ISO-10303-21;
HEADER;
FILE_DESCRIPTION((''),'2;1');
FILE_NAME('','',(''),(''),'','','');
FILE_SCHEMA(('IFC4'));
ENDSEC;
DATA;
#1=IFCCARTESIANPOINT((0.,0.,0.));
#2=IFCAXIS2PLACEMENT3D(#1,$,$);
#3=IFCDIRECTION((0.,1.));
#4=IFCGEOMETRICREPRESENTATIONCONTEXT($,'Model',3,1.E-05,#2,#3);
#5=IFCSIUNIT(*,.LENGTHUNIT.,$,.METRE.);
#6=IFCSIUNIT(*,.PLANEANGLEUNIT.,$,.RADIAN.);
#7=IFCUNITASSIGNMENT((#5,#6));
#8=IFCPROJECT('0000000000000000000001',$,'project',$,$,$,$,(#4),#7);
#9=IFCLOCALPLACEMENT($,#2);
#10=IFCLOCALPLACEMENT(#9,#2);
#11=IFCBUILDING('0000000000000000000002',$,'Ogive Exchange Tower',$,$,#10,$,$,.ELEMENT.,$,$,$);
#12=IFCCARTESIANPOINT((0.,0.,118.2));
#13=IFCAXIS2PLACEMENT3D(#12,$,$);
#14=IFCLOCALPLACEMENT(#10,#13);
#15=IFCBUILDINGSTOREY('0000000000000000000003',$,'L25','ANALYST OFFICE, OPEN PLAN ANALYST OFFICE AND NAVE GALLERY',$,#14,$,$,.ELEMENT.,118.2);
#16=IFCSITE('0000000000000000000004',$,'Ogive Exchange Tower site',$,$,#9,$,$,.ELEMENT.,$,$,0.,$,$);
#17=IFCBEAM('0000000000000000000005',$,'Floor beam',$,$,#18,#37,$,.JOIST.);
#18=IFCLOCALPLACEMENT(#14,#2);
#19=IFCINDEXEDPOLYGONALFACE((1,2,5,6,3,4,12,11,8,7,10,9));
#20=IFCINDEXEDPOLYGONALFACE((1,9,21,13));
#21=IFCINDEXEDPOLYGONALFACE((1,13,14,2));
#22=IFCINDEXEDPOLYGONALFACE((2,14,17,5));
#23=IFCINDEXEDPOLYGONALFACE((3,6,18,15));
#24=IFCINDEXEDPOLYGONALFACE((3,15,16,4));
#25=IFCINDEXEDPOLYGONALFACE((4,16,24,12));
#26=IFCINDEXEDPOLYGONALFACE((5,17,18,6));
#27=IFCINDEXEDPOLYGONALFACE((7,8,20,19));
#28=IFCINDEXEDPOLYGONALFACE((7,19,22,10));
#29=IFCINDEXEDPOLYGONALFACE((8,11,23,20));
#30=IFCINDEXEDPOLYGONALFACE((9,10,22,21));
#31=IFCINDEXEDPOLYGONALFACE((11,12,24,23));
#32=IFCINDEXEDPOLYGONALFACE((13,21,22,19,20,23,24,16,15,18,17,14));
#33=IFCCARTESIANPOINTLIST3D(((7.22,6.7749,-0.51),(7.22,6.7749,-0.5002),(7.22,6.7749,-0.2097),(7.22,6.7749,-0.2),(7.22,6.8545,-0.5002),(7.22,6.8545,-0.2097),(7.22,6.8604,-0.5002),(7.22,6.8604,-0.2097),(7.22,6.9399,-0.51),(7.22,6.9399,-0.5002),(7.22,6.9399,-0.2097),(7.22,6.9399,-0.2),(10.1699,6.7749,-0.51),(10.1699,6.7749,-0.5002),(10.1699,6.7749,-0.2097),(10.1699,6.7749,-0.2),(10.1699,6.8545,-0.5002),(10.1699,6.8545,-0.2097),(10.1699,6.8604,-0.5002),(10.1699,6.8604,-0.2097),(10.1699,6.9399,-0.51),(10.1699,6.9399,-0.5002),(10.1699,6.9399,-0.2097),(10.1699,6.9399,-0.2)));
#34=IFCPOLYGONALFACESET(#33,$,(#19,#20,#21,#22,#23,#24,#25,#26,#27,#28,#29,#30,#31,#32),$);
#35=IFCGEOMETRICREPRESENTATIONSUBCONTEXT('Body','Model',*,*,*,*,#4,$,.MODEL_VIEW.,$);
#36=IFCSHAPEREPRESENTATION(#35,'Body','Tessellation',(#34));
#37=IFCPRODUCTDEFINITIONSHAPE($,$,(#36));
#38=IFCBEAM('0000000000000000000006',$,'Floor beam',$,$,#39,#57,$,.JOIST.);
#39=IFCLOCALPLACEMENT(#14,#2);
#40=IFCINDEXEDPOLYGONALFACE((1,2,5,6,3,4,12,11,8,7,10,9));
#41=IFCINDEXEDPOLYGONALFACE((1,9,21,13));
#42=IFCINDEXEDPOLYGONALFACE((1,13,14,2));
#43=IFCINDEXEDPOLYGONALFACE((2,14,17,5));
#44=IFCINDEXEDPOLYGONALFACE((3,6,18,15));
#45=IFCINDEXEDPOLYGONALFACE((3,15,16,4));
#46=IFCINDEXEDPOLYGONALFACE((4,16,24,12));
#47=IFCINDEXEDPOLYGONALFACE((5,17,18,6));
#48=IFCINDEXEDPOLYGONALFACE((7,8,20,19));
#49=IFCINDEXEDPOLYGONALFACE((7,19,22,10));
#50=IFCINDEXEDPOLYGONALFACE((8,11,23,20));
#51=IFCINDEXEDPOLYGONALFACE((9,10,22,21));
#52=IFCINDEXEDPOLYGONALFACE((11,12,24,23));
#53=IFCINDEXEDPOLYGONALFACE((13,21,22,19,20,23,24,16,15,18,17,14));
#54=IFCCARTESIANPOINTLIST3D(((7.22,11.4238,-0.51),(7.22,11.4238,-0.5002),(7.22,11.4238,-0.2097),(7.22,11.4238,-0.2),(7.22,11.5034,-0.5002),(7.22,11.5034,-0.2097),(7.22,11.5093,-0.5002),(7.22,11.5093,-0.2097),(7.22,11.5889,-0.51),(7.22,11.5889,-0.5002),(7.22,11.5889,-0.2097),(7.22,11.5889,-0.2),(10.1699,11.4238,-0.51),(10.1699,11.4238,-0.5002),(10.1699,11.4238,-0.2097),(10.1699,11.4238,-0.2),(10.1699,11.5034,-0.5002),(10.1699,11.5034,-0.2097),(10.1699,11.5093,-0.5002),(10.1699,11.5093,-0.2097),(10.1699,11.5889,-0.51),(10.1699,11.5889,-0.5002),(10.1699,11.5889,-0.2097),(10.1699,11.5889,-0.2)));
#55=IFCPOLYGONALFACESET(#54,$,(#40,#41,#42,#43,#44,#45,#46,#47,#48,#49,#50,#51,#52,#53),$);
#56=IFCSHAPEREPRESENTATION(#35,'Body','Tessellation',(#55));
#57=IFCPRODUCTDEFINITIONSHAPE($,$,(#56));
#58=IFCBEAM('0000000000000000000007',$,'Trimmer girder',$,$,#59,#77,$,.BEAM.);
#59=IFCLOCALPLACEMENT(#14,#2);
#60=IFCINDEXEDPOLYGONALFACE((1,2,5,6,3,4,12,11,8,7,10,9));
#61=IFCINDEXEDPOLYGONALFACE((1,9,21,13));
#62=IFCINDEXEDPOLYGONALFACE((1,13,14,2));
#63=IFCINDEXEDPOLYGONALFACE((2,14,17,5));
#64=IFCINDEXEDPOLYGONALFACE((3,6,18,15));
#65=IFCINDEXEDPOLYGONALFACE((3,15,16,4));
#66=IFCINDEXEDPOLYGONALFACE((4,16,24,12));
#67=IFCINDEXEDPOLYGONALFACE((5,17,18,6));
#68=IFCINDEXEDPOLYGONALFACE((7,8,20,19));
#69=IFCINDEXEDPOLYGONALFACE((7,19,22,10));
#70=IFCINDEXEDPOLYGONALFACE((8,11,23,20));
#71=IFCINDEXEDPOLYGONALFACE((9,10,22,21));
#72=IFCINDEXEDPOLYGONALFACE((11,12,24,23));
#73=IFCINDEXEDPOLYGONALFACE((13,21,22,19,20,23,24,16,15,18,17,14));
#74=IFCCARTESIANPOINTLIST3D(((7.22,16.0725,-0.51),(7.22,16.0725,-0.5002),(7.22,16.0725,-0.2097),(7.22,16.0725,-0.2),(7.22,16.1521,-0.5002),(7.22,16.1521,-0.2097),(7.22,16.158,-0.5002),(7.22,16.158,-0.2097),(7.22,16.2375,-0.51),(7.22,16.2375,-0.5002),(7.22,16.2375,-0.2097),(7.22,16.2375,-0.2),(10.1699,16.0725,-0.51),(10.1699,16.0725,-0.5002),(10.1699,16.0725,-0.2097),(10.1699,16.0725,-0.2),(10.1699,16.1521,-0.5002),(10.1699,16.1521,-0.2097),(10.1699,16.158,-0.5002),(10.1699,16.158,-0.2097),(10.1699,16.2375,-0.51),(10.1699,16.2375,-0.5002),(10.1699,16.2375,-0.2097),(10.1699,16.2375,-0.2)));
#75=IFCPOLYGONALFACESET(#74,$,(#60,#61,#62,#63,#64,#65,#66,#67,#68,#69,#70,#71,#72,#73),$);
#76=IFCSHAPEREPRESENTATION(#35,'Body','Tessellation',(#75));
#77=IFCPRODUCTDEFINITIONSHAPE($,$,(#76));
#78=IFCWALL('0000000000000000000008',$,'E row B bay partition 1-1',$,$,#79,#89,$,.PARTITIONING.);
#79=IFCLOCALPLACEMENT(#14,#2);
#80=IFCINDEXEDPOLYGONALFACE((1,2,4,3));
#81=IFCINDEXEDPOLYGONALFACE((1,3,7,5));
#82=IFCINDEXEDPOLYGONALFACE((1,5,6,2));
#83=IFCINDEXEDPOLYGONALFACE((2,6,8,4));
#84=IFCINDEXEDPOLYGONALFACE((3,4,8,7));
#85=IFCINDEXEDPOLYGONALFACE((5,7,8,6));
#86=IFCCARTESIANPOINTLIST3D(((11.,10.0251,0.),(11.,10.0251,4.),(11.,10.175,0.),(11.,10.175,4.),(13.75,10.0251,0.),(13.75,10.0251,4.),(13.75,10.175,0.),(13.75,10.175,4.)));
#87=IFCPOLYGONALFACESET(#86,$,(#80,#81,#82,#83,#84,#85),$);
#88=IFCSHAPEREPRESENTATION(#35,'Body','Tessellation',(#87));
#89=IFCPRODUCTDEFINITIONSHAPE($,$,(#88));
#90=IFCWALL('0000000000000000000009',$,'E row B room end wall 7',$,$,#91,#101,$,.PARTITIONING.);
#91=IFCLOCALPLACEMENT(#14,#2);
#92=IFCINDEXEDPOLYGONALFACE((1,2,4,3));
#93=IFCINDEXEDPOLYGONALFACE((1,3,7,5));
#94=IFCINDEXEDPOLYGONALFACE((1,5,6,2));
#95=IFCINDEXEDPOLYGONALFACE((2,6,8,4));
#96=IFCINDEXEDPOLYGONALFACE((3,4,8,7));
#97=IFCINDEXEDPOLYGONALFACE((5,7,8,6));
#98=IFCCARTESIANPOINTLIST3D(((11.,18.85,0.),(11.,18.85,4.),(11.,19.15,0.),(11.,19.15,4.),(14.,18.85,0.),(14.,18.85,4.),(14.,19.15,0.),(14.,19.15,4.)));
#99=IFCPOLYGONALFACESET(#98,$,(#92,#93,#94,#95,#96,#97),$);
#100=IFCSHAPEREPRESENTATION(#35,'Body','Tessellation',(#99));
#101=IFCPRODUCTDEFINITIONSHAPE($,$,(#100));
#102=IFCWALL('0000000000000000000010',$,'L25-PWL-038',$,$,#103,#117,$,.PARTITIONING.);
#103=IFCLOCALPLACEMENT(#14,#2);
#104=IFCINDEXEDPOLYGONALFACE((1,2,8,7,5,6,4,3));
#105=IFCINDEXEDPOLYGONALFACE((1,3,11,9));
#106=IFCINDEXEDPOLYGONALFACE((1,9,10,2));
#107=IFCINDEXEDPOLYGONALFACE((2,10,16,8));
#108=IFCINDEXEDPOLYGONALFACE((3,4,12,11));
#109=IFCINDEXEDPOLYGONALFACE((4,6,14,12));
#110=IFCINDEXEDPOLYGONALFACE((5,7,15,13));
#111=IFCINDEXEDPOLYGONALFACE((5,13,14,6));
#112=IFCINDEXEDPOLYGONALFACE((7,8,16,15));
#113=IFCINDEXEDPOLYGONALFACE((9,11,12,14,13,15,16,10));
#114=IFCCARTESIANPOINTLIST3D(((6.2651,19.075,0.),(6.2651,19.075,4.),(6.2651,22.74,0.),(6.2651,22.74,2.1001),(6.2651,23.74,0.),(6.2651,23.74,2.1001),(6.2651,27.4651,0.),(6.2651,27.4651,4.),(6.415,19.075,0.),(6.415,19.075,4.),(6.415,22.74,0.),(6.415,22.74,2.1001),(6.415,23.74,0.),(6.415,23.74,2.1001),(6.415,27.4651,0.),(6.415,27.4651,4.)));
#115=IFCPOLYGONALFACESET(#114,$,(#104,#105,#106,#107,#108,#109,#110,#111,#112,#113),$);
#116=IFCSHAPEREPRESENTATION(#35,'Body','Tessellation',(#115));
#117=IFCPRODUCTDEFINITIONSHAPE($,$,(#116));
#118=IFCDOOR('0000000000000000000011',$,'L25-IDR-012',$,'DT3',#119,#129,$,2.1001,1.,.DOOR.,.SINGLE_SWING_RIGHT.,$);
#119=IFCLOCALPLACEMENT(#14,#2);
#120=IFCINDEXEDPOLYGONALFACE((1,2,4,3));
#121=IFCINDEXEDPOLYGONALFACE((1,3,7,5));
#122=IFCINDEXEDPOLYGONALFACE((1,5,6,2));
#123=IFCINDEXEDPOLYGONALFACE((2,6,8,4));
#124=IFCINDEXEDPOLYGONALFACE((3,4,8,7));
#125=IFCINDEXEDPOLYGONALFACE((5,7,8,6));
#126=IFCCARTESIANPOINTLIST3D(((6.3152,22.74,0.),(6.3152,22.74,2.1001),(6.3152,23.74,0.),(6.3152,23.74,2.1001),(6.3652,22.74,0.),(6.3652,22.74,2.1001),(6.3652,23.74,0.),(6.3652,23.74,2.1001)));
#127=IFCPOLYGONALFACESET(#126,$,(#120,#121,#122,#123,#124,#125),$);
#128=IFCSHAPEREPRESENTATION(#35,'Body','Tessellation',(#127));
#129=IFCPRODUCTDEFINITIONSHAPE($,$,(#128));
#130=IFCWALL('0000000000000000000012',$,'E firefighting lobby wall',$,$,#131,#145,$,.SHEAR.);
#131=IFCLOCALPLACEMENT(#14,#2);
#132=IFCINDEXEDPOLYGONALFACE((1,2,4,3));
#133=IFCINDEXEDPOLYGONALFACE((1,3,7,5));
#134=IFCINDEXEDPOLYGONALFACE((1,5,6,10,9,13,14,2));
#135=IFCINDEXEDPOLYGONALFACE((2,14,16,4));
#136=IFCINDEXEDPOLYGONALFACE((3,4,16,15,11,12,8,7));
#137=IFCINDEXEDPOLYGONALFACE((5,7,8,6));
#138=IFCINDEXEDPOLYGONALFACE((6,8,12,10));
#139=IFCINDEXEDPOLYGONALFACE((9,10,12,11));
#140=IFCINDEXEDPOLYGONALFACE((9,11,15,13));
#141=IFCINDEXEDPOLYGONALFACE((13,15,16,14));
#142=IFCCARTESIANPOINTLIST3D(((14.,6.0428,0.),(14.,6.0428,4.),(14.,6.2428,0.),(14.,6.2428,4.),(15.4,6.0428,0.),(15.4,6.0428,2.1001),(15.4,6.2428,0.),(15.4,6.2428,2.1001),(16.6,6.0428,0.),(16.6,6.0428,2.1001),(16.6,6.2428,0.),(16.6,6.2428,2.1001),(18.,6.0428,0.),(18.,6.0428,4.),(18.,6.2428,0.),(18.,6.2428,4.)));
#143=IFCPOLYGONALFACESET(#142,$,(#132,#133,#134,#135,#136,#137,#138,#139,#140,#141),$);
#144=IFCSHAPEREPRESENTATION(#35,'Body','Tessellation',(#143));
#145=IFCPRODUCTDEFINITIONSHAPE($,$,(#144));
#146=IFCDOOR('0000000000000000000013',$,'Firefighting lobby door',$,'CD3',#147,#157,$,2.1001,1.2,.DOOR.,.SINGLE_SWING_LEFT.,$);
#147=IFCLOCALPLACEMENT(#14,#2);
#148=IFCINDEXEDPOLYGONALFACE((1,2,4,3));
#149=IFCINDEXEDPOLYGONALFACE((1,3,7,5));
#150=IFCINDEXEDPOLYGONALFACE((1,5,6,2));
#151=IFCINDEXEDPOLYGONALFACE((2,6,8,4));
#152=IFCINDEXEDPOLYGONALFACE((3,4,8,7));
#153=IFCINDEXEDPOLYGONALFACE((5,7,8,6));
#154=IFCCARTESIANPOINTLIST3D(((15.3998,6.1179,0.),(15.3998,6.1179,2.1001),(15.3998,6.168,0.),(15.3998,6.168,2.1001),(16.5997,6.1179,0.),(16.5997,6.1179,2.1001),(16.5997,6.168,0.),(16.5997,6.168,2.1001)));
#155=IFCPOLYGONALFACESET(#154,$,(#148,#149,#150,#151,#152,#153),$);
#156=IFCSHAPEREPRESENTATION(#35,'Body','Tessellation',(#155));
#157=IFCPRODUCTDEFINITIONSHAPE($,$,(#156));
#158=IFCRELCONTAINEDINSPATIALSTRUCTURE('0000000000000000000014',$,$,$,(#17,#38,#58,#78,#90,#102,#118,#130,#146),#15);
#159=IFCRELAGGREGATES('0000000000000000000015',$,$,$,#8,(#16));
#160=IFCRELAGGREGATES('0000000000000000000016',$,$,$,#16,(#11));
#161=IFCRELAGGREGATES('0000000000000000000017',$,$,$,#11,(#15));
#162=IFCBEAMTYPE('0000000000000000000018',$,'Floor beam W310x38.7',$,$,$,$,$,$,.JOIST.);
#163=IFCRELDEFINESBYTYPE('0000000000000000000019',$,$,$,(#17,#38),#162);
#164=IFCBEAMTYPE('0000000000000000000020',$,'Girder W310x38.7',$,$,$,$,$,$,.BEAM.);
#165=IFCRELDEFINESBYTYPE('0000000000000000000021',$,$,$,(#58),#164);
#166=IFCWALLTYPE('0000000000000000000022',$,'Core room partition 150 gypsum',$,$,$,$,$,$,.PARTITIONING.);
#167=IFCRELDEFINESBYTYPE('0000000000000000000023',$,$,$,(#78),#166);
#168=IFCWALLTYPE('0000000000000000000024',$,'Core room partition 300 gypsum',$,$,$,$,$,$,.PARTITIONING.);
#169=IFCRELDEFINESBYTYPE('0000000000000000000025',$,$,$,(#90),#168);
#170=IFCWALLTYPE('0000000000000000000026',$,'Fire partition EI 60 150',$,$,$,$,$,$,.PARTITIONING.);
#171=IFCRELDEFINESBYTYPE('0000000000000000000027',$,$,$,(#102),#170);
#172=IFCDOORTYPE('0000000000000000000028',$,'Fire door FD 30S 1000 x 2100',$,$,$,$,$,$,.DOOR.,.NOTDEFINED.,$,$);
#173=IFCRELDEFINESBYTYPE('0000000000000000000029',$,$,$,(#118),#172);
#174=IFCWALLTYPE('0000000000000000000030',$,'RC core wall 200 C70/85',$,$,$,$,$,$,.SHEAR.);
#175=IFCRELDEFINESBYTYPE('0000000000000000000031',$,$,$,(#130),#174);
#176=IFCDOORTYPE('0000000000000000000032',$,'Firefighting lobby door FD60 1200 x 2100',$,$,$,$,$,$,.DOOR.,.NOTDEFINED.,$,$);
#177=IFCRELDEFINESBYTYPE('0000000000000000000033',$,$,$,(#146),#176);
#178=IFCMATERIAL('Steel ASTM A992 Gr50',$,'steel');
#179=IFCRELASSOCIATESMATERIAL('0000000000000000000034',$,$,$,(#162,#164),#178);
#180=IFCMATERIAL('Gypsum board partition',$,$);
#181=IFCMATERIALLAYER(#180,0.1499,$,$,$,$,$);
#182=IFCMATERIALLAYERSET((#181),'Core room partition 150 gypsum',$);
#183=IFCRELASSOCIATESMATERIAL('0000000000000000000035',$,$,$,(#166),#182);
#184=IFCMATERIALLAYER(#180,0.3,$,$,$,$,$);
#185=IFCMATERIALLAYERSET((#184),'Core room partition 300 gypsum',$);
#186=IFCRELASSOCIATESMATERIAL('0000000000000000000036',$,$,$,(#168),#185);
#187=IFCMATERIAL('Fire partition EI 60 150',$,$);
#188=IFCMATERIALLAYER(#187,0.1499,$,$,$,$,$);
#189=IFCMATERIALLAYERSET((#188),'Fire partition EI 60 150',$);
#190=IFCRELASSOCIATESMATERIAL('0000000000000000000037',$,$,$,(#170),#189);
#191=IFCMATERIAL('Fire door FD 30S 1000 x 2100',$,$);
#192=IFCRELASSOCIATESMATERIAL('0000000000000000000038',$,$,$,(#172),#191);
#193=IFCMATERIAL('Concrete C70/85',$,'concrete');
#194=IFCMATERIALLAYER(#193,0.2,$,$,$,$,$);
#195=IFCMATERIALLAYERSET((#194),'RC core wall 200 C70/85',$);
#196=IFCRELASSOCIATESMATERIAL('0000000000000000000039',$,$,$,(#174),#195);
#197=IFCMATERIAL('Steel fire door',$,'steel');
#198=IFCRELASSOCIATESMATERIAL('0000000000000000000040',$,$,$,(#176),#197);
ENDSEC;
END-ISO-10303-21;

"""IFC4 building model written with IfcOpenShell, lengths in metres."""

from ifc_helpers import new_model, si_unit, direction, frame, frame_2d, origin, origin_2d, place, context, subcontext, project, spatial, rectangle, i_section, extrude, material, layer, layer_set, material_profile, profile_set, type_object, element, fill, save


model = new_model("IFC4")

# Units and contexts
model_context = context("Model", 3, precision=1e-05, world=origin(), true_north=direction((0.0, 1.0)))
body_context = subcontext(model_context, "Body", "Model", "MODEL_VIEW")
ifc_project = project(units=[si_unit("LENGTHUNIT", "METRE"), si_unit("PLANEANGLEUNIT", "RADIAN")], contexts=[model_context])

# Site, building, storey
site_placement = place(None, origin())
site = spatial("IfcSite", under=ifc_project, at=site_placement, Name="Ogive Exchange Tower site", CompositionType="ELEMENT", RefElevation=0.0)
building_placement = place(site_placement, origin())
building = spatial("IfcBuilding", under=site, at=building_placement, Name="Ogive Exchange Tower", CompositionType="ELEMENT")
storey_placement = place(building_placement, frame((0.0, 0.0, 118.2)))
storey = spatial("IfcBuildingStorey", under=building, at=storey_placement, Name="L25", Description="ANALYST OFFICE, OPEN PLAN ANALYST OFFICE AND NAVE GALLERY", CompositionType="ELEMENT", Elevation=118.2)

# Beams
ifc_material_1 = material(Name="Steel ASTM A992 Gr50", Category="steel")
ifc_material_profile_1 = material_profile(ifc_material_1, i_section(OverallWidth=0.165, OverallDepth=0.3101, WebThickness=0.0059, FlangeThickness=0.0098, at=origin_2d()), Name="W310x38.7")
ifc_profile_set_1 = profile_set([ifc_material_profile_1], Name="Steel ASTM A992 Gr50")
beam_type_1 = type_object("IfcBeamType", Name="Floor beam W310x38.7", PredefinedType="JOIST", material=ifc_profile_set_1)
for number, where, z_axis, x_axis, name in (
    (1, (7.22, 6.8574, -0.355), (1.0, 0.0, 0.0), (0.0, 1.0, 0.0), "Floor beam"),
    (2, (7.22, 11.5063, -0.355), (1.0, 0.0, 0.0), (0.0, 1.0, 0.0), "Floor beam"),
):
    element("IfcBeam", number, at=place(storey_placement, frame(where, z_axis=z_axis, x_axis=x_axis)), inside=storey, type_object=beam_type_1, Name=name, PredefinedType="JOIST", context=body_context, shape_type="SweptSolid", body=[
        extrude(i_section(OverallWidth=0.165, OverallDepth=0.3101, WebThickness=0.0059, FlangeThickness=0.0098, at=origin_2d()), origin(), (0.0, 0.0, 1.0), 2.95),
    ])
ifc_material_profile_2 = material_profile(ifc_material_1, i_section(OverallWidth=0.165, OverallDepth=0.3101, WebThickness=0.0059, FlangeThickness=0.0098, at=origin_2d()), Name="W310x38.7")
ifc_profile_set_2 = profile_set([ifc_material_profile_2], Name="Steel ASTM A992 Gr50")
beam_type_2 = type_object("IfcBeamType", Name="Girder W310x38.7", PredefinedType="BEAM", material=ifc_profile_set_2)
beam_placement = place(storey_placement, frame((7.22, 16.155, -0.355), z_axis=(1.0, 0.0, 0.0), x_axis=(0.0, 1.0, 0.0)))
element("IfcBeam", 3, at=beam_placement, inside=storey, type_object=beam_type_2, Name="Trimmer girder", PredefinedType="BEAM", context=body_context, shape_type="SweptSolid", body=[
    extrude(i_section(OverallWidth=0.165, OverallDepth=0.3101, WebThickness=0.0059, FlangeThickness=0.0098, at=origin_2d()), origin(), (0.0, 0.0, 1.0), 2.95),
])

# Walls
ifc_material_2 = material(Name="Gypsum board partition")
ifc_layer_1 = layer(ifc_material_2, 0.1499)
ifc_layer_set_1 = layer_set([ifc_layer_1], Name="Core room partition 150 gypsum")
wall_type_1 = type_object("IfcWallType", Name="Core room partition 150 gypsum", PredefinedType="PARTITIONING", material=ifc_layer_set_1)
wall_1_placement = place(storey_placement, frame((11.0, 10.1001, 0.0), z_axis=(0.0, 0.0, 1.0), x_axis=(1.0, 0.0, 0.0)))
element("IfcWall", 4, at=wall_1_placement, inside=storey, type_object=wall_type_1, Name="E row B bay partition 1-1", PredefinedType="PARTITIONING", context=body_context, shape_type="SweptSolid", body=[
    extrude(rectangle(XDim=2.75, YDim=0.1499, at=frame_2d((1.375, 0.0))), origin(), (0.0, 0.0, 1.0), 4.0),
])
ifc_layer_2 = layer(ifc_material_2, 0.3)
ifc_layer_set_2 = layer_set([ifc_layer_2], Name="Core room partition 300 gypsum")
wall_type_2 = type_object("IfcWallType", Name="Core room partition 300 gypsum", PredefinedType="PARTITIONING", material=ifc_layer_set_2)
wall_2_placement = place(storey_placement, frame((11.0, 19.0, 0.0), z_axis=(0.0, 0.0, 1.0), x_axis=(1.0, 0.0, 0.0)))
element("IfcWall", 5, at=wall_2_placement, inside=storey, type_object=wall_type_2, Name="E row B room end wall 7", PredefinedType="PARTITIONING", context=body_context, shape_type="SweptSolid", body=[
    extrude(rectangle(XDim=3.0, YDim=0.3, at=frame_2d((1.5, 0.0))), origin(), (0.0, 0.0, 1.0), 4.0),
])

# Walls, openings, doors
ifc_material_3 = material(Name="Fire partition EI 60 150")
ifc_layer_3 = layer(ifc_material_3, 0.1499)
ifc_layer_set_3 = layer_set([ifc_layer_3], Name="Fire partition EI 60 150")
wall_type_3 = type_object("IfcWallType", Name="Fire partition EI 60 150", PredefinedType="PARTITIONING", material=ifc_layer_set_3)
wall_3_placement = place(storey_placement, frame((6.3401, 19.075, 0.0), z_axis=(0.0, 0.0, 1.0), x_axis=(0.0, 1.0, 0.0)))
wall_3 = element("IfcWall", 6, at=wall_3_placement, inside=storey, type_object=wall_type_3, Name="L25-PWL-038", PredefinedType="PARTITIONING", context=body_context, shape_type="SweptSolid", body=[
    extrude(rectangle(XDim=8.3901, YDim=0.1499, at=frame_2d((4.1951, 0.0))), origin(), (0.0, 0.0, 1.0), 4.0),
])
opening_1_placement = place(wall_3_placement, frame((3.665, 0.0, 0.0)))
opening_1 = element("IfcOpeningElement", 7, at=opening_1_placement, cuts=wall_3, PredefinedType="OPENING", context=body_context, shape_type="SweptSolid", body=[
    extrude(rectangle(XDim=1.0, YDim=2.1001, at=frame_2d((0.5, 1.05))), frame((0.0, 0.085, 0.0), z_axis=(0.0, -1.0, 0.0), x_axis=(1.0, 0.0, 0.0)), (0.0, 0.0, 1.0), 0.1699),
])
ifc_material_4 = material(Name="Fire door FD 30S 1000 x 2100")
door_type_1 = type_object("IfcDoorType", Name="Fire door FD 30S 1000 x 2100", OperationType="NOTDEFINED", PredefinedType="DOOR", material=ifc_material_4)
door_1_placement = place(opening_1_placement, origin())
door_1 = element("IfcDoor", 8, at=door_1_placement, inside=storey, type_object=door_type_1, Name="L25-IDR-012", ObjectType="DT3", OperationType="SINGLE_SWING_RIGHT", OverallHeight=2.1001, OverallWidth=1.0, PredefinedType="DOOR", context=body_context, shape_type="SweptSolid", body=[
    extrude(rectangle(XDim=1.0, YDim=2.1001, at=frame_2d((0.5, 1.05))), frame((0.0, 0.0249, 0.0), z_axis=(0.0, -1.0, 0.0), x_axis=(1.0, 0.0, 0.0)), (0.0, 0.0, 1.0), 0.05),
])
fill(opening_1, door_1)
ifc_material_5 = material(Name="Concrete C70/85", Category="concrete")
ifc_layer_4 = layer(ifc_material_5, 0.2)
ifc_layer_set_4 = layer_set([ifc_layer_4], Name="RC core wall 200 C70/85")
wall_type_4 = type_object("IfcWallType", Name="RC core wall 200 C70/85", PredefinedType="SHEAR", material=ifc_layer_set_4)
wall_4_placement = place(storey_placement, frame((14.0, 6.1428, 0.0), z_axis=(0.0, 0.0, 1.0), x_axis=(1.0, 0.0, 0.0)))
wall_4 = element("IfcWall", 9, at=wall_4_placement, inside=storey, type_object=wall_type_4, Name="E firefighting lobby wall", PredefinedType="SHEAR", context=body_context, shape_type="SweptSolid", body=[
    extrude(rectangle(XDim=4.0, YDim=0.2, at=frame_2d((2.0, 0.0))), origin(), (0.0, 0.0, 1.0), 4.0),
])
opening_2_placement = place(wall_4_placement, frame((1.3999, 0.0, 0.0)))
opening_2 = element("IfcOpeningElement", 10, at=opening_2_placement, cuts=wall_4, PredefinedType="OPENING", context=body_context, shape_type="SweptSolid", body=[
    extrude(rectangle(XDim=1.2, YDim=2.1001, at=frame_2d((0.6001, 1.05))), frame((0.0, 0.1099, 0.0), z_axis=(0.0, -1.0, 0.0), x_axis=(1.0, 0.0, 0.0)), (0.0, 0.0, 1.0), 0.22),
])
ifc_material_6 = material(Name="Steel fire door", Category="steel")
door_type_2 = type_object("IfcDoorType", Name="Firefighting lobby door FD60 1200 x 2100", OperationType="NOTDEFINED", PredefinedType="DOOR", material=ifc_material_6)
door_2_placement = place(opening_2_placement, frame((1.2, 0.0, 0.0), z_axis=(0.0, 0.0, 1.0), x_axis=(-1.0, 0.0, 0.0)))
door_2 = element("IfcDoor", 11, at=door_2_placement, inside=storey, type_object=door_type_2, Name="Firefighting lobby door", ObjectType="CD3", OperationType="SINGLE_SWING_LEFT", OverallHeight=2.1001, OverallWidth=1.2, PredefinedType="DOOR", context=body_context, shape_type="SweptSolid", body=[
    extrude(rectangle(XDim=1.2, YDim=2.1001, at=frame_2d((0.6001, 1.05))), frame((0.0, 0.0249, 0.0), z_axis=(0.0, -1.0, 0.0), x_axis=(1.0, 0.0, 0.0)), (0.0, 0.0, 1.0), 0.05),
])
fill(opening_2, door_2)

save(model, "model.ifc")
